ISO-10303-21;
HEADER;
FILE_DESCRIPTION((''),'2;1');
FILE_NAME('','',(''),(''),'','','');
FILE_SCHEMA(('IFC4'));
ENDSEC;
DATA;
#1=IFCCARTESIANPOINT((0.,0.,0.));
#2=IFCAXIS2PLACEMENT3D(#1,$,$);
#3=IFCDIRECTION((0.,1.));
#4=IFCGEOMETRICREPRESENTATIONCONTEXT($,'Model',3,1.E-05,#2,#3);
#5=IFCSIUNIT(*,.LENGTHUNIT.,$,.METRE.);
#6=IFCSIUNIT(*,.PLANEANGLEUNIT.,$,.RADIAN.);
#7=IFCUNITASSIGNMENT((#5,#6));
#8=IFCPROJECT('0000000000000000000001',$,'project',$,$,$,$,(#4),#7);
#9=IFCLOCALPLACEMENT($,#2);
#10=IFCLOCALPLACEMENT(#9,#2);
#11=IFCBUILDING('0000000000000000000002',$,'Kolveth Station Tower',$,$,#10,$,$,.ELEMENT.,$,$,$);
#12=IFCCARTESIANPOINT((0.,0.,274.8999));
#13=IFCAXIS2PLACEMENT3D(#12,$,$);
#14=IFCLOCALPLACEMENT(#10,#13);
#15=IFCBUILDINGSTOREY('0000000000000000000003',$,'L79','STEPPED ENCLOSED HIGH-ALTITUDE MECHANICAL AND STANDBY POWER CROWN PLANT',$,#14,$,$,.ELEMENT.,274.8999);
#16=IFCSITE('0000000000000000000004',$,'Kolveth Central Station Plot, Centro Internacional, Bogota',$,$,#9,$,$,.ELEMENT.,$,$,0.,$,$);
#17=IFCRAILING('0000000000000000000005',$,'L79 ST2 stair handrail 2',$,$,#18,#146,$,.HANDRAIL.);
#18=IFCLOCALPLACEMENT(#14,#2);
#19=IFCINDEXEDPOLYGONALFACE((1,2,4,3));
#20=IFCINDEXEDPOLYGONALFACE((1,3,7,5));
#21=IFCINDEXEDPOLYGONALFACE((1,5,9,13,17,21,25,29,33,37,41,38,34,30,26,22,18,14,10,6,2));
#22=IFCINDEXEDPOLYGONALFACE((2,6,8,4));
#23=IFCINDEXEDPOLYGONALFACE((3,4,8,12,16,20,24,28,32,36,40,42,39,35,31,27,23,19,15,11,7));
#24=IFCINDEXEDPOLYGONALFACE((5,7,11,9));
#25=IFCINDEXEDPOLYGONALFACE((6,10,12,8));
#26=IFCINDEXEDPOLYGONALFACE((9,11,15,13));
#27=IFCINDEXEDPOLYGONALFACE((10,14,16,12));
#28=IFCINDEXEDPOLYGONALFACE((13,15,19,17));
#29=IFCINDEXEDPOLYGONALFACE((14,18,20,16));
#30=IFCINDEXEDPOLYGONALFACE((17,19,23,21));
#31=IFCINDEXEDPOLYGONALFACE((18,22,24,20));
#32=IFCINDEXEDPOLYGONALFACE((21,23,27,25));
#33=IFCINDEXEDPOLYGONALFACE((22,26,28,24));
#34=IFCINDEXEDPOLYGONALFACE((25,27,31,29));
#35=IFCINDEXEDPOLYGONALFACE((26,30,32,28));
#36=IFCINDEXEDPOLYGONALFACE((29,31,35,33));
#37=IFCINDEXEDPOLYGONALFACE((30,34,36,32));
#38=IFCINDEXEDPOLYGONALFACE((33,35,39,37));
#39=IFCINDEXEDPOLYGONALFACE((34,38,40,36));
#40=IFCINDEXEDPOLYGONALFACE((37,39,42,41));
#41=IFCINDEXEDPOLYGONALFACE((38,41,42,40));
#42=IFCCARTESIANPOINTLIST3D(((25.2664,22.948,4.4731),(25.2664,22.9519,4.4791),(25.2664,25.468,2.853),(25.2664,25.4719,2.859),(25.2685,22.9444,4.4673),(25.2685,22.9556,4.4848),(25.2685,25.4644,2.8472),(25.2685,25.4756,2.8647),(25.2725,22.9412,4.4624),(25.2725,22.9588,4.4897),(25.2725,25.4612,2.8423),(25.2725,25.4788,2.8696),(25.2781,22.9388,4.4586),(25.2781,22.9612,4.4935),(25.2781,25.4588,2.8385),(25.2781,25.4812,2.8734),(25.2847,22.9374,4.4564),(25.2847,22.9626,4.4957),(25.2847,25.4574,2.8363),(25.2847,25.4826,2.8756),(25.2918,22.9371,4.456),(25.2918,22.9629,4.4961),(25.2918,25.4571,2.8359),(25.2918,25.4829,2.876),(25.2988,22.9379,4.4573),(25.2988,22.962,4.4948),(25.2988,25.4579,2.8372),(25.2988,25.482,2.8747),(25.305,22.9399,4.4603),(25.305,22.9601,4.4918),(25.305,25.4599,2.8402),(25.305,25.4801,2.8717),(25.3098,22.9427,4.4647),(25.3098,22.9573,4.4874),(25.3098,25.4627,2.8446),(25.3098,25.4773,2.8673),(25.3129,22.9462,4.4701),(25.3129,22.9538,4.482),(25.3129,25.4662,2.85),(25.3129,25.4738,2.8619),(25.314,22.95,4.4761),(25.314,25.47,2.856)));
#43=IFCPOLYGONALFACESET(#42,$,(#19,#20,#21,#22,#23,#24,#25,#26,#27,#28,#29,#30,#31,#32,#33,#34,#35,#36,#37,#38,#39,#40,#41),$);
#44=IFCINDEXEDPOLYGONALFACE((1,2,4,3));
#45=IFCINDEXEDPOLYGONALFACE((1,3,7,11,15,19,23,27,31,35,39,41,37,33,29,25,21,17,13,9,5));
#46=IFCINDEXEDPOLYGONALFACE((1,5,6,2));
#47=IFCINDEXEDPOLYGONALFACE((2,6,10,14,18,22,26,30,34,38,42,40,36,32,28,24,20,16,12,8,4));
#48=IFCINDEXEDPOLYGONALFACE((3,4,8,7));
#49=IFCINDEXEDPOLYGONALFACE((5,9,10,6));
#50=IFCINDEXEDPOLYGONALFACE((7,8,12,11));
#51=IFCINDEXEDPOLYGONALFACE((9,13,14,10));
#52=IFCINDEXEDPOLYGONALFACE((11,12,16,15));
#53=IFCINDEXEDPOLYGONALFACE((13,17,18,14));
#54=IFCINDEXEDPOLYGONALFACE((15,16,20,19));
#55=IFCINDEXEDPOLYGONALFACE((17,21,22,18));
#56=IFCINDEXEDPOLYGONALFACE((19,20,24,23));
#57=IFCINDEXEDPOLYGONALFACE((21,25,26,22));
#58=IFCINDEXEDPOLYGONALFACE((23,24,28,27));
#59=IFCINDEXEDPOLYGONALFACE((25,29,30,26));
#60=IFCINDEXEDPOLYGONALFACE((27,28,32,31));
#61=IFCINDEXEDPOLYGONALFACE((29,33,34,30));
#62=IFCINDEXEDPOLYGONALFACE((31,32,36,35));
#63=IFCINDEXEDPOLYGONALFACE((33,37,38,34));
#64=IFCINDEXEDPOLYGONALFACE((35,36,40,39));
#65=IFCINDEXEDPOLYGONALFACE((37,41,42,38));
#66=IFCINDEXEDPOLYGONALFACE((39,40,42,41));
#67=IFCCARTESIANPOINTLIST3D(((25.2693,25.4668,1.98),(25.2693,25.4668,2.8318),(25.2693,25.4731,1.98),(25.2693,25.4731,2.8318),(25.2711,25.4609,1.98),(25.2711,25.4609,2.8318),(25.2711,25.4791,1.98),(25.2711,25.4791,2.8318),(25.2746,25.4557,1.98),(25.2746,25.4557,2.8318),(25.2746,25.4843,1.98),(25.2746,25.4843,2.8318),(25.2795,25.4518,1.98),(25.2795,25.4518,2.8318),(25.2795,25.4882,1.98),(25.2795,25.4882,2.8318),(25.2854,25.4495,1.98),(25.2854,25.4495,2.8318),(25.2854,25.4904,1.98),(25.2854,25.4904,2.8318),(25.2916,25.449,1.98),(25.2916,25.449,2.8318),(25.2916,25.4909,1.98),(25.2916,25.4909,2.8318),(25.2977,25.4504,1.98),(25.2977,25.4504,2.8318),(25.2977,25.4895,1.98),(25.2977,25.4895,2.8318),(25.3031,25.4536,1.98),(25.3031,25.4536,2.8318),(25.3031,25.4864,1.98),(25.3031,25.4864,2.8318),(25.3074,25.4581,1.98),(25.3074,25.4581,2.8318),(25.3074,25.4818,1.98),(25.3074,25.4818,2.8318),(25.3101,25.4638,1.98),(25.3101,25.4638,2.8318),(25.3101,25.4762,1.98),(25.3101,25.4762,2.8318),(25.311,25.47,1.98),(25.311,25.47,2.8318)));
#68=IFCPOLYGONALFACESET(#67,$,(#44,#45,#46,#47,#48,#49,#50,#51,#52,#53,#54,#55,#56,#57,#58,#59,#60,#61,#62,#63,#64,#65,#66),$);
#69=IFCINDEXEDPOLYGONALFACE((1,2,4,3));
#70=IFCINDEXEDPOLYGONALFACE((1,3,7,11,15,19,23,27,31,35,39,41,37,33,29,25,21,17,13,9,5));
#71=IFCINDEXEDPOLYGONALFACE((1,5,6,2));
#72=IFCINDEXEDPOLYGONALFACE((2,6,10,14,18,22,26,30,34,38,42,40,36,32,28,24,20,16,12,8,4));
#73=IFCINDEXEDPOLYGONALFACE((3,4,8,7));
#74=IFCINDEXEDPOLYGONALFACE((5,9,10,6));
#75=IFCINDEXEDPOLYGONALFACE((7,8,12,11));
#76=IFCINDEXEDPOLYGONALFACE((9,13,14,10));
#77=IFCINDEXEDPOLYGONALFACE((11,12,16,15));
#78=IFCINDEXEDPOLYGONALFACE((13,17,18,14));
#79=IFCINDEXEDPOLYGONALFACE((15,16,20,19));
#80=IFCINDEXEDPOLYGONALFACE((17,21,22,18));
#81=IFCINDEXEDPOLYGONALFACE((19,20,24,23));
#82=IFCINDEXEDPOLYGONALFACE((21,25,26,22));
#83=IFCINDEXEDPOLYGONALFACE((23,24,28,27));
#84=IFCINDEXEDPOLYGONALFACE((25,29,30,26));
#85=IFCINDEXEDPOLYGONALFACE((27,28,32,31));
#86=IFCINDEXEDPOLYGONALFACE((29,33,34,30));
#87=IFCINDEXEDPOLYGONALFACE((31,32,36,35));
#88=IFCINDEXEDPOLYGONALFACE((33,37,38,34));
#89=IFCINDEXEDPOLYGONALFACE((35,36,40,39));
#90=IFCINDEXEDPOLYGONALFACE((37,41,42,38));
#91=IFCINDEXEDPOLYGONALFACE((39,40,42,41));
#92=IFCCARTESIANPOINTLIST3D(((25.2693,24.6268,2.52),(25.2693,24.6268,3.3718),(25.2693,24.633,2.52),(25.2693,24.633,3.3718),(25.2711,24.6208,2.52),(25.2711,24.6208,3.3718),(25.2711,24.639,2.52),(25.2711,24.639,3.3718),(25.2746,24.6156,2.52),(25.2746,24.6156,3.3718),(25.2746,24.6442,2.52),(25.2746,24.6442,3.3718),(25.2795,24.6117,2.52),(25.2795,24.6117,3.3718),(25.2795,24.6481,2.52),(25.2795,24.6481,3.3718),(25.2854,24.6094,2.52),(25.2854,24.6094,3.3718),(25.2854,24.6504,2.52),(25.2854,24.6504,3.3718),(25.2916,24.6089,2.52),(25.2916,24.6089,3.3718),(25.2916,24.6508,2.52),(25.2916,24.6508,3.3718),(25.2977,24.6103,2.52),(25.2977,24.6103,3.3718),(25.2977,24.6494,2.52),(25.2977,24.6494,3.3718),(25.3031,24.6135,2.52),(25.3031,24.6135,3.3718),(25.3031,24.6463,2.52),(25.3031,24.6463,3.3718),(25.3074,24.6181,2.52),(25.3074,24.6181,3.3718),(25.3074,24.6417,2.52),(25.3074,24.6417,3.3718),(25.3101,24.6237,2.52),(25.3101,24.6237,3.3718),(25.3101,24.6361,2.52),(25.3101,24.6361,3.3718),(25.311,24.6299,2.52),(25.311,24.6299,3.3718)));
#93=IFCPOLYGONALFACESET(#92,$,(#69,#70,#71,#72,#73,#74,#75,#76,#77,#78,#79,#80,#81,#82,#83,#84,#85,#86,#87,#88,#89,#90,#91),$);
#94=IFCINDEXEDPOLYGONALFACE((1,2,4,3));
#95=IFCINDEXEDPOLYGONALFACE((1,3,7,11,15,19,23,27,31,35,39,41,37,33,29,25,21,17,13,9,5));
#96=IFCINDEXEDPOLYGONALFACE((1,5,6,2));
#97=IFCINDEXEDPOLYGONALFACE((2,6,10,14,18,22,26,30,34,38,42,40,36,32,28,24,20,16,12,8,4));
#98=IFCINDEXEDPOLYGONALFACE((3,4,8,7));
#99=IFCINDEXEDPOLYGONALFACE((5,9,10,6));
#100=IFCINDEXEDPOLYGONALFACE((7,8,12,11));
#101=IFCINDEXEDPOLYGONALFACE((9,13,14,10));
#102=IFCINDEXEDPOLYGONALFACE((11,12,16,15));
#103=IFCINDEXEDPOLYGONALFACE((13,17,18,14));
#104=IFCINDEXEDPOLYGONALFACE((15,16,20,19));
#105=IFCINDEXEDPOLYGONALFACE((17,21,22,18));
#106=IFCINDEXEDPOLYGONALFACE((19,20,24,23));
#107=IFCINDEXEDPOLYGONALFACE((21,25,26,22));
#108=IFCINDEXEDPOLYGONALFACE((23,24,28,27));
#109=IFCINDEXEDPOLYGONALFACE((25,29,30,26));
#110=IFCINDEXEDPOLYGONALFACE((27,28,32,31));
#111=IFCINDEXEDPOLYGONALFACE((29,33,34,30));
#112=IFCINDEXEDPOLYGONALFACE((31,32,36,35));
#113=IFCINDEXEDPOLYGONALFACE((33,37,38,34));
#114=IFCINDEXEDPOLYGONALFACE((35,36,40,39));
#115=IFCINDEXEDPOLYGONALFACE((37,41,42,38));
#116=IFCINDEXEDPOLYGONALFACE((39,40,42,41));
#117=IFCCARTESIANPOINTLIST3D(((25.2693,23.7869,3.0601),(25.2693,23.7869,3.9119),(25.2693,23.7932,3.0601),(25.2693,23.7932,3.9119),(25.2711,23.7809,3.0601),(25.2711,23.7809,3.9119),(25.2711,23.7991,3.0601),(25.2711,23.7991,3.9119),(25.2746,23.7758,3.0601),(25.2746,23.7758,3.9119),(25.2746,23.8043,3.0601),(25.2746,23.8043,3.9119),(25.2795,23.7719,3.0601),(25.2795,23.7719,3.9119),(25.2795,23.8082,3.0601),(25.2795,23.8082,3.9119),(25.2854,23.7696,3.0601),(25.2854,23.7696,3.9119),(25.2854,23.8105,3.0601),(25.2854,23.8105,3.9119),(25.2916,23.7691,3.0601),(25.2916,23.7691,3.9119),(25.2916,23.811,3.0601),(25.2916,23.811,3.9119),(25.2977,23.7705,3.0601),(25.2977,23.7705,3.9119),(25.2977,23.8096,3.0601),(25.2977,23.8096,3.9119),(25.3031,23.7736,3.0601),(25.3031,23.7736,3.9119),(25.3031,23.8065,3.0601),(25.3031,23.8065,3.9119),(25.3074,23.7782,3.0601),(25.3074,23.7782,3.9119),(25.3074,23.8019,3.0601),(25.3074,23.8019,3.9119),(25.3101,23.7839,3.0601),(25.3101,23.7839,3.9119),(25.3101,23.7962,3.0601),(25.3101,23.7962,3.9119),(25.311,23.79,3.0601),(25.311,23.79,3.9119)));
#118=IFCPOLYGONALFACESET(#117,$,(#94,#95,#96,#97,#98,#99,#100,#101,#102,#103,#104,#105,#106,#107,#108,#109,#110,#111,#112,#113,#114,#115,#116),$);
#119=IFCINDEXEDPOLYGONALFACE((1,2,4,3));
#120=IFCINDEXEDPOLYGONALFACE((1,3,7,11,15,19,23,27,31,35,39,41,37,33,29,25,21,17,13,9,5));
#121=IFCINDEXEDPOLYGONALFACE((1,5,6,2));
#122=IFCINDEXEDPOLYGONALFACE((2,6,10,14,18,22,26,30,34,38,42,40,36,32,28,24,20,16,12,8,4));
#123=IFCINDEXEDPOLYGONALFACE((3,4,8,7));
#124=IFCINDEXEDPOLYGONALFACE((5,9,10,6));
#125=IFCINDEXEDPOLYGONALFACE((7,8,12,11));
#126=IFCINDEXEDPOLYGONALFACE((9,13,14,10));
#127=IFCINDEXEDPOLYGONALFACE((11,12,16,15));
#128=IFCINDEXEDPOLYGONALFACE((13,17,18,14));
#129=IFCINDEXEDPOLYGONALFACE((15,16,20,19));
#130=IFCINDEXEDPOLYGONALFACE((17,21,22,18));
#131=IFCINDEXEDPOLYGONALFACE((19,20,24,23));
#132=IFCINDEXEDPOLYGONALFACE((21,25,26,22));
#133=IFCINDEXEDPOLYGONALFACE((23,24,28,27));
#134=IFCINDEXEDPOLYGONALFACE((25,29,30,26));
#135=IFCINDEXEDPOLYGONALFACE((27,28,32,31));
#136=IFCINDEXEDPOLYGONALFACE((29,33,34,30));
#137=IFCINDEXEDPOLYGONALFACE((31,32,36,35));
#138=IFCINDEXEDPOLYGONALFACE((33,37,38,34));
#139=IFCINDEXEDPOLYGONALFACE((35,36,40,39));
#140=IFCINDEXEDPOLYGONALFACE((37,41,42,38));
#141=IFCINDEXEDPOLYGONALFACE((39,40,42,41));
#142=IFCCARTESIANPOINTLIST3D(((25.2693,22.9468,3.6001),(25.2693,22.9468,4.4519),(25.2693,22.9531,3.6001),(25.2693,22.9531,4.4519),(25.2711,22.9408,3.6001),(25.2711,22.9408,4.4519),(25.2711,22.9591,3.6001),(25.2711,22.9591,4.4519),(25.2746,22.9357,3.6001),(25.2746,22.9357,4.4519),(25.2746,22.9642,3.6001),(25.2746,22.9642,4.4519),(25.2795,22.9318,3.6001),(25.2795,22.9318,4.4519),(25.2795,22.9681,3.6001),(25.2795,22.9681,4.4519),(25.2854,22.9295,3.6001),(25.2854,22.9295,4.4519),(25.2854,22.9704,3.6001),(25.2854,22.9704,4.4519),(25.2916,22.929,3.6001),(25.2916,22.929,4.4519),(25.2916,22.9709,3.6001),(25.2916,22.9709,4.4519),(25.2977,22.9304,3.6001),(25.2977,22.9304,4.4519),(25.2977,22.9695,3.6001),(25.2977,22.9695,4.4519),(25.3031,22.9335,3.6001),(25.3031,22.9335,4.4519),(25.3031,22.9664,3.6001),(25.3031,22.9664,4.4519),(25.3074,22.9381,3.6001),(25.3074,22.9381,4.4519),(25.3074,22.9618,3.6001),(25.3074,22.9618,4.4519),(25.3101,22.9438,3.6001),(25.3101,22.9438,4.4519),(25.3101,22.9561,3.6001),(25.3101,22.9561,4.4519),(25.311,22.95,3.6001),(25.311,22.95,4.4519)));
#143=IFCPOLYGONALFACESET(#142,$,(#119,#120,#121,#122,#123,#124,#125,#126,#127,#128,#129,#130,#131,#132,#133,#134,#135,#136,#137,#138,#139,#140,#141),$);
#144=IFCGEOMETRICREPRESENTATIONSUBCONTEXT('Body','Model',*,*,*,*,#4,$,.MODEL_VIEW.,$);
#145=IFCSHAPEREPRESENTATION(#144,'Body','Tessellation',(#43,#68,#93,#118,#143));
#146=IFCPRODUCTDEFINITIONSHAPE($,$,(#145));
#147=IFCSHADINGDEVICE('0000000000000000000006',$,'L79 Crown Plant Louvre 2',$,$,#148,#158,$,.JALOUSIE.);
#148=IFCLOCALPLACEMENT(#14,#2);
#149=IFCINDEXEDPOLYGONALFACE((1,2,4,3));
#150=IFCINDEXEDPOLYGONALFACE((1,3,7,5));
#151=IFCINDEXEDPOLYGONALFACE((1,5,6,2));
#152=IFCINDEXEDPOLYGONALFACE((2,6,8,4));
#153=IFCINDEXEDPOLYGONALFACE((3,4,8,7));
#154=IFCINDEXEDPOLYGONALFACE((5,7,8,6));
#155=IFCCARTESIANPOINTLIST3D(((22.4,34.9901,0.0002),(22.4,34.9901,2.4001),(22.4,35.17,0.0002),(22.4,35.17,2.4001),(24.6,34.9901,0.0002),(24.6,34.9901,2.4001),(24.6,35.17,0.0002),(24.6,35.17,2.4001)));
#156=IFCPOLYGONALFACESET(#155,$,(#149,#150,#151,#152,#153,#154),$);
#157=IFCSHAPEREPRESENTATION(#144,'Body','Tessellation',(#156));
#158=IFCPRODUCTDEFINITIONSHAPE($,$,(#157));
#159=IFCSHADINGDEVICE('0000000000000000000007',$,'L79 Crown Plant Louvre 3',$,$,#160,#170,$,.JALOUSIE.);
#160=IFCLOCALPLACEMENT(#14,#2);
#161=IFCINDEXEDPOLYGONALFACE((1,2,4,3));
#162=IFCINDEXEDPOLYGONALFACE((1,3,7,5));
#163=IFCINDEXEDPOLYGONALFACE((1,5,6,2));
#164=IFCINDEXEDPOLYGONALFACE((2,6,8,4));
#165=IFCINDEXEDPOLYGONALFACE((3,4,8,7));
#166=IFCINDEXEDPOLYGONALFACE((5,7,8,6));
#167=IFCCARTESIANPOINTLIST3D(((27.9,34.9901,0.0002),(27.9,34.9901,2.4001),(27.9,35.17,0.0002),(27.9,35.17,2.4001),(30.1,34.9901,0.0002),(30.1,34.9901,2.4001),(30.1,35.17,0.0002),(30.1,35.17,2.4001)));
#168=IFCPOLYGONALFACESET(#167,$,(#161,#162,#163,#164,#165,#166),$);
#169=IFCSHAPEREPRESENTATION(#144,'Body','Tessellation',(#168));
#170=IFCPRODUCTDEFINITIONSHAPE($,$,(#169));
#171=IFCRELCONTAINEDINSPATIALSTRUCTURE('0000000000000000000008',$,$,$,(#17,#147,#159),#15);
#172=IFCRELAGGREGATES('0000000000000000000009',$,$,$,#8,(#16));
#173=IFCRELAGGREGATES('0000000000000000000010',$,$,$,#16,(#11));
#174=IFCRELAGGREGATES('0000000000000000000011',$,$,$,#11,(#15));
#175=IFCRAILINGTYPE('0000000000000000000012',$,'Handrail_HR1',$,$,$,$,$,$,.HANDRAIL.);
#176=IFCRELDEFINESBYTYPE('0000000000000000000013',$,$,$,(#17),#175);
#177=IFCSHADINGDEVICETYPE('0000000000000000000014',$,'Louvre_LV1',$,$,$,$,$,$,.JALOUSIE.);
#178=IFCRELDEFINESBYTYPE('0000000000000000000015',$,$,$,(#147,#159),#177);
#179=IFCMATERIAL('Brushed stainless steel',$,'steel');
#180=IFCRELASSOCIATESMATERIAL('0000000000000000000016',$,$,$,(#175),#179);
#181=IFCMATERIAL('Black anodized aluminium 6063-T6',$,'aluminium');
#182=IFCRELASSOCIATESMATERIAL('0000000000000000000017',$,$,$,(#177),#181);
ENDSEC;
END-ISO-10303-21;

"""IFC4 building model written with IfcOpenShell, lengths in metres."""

from ifc_helpers import new_model, si_unit, direction, frame, origin, origin_2d, place, context, subcontext, project, spatial, rectangle, circle, extrude, source, transform, mapped, material, type_object, element, save


model = new_model("IFC4")

# Units and contexts
model_context = context("Model", 3, precision=1e-05, world=origin(), true_north=direction((0.0, 1.0)))
body_context = subcontext(model_context, "Body", "Model", "MODEL_VIEW")
ifc_project = project(units=[si_unit("LENGTHUNIT", "METRE"), si_unit("PLANEANGLEUNIT", "RADIAN")], contexts=[model_context])

# Site, building, storey
site_placement = place(None, origin())
site = spatial("IfcSite", under=ifc_project, at=site_placement, Name="Kolveth Central Station Plot, Centro Internacional, Bogota", CompositionType="ELEMENT", RefElevation=0.0)
building_placement = place(site_placement, origin())
building = spatial("IfcBuilding", under=site, at=building_placement, Name="Kolveth Station Tower", CompositionType="ELEMENT")
storey_placement = place(building_placement, frame((0.0, 0.0, 274.8999)))
storey = spatial("IfcBuildingStorey", under=building, at=storey_placement, Name="L79", Description="STEPPED ENCLOSED HIGH-ALTITUDE MECHANICAL AND STANDBY POWER CROWN PLANT", CompositionType="ELEMENT", Elevation=274.8999)

# Railing
ifc_material_1 = material(Name="Brushed stainless steel", Category="steel")
railing_type_1 = type_object("IfcRailingType", Name="Handrail_HR1", PredefinedType="HANDRAIL", material=ifc_material_1)
railing_1_placement = place(storey_placement, frame((25.29, 25.47, 1.98)))
element("IfcRailing", 1, at=railing_1_placement, inside=storey, type_object=railing_type_1, Name="L79 ST2 stair handrail 2", PredefinedType="HANDRAIL", context=body_context, shape_type="SweptSolid", body=[
    extrude(circle(Radius=0.0239, at=origin_2d()), frame((0.0, 0.0, 0.876), z_axis=(0.0, -0.841163, 0.540782), x_axis=(1.0, 0.0, 0.0)), (0.0, 0.0, 1.0), 2.9958),
    extrude(circle(Radius=0.021, at=origin_2d()), origin(), (0.0, 0.0, 1.0), 0.8518),
    extrude(circle(Radius=0.021, at=origin_2d()), frame((0.0, -0.8401, 0.54)), (0.0, 0.0, 1.0), 0.8518),
    extrude(circle(Radius=0.021, at=origin_2d()), frame((0.0, -1.6799, 1.0801)), (0.0, 0.0, 1.0), 0.8518),
    extrude(circle(Radius=0.021, at=origin_2d()), frame((0.0, -2.52, 1.6201)), (0.0, 0.0, 1.0), 0.8518),
])

# Shading devices
ifc_material_2 = material(Name="Black anodized aluminium 6063-T6", Category="aluminium")
shading_device_type = type_object("IfcShadingDeviceType", Name="Louvre_LV1", PredefinedType="JALOUSIE", material=ifc_material_2)
shared_shape_1 = source(origin(), body_context, "Body", "SweptSolid", [
    extrude(rectangle(XDim=2.2, YDim=0.1799, at=origin_2d()), origin(), (0.0, 0.0, 1.0), 2.3999),
])
for number, where, z_axis, x_axis, name in (
    (2, (23.5, 35.0801, 0.0002), (0.0, 0.0, 1.0), (1.0, 0.0, 0.0), "L79 Crown Plant Louvre 2"),
    (3, (29.0, 35.0801, 0.0002), (0.0, 0.0, 1.0), (1.0, 0.0, 0.0), "L79 Crown Plant Louvre 3"),
):
    element("IfcShadingDevice", number, at=place(storey_placement, frame(where, z_axis=z_axis, x_axis=x_axis)), inside=storey, type_object=shading_device_type, Name=name, PredefinedType="JALOUSIE", context=body_context, shape_type="MappedRepresentation", body=[
        mapped(shared_shape_1, transform((0.0, 0.0, 0.0), x_axis=(1.0, 0.0, 0.0), y_axis=(0.0, 1.0, 0.0), z_axis=(0.0, 0.0, 1.0), scale=1.0)),
    ])

save(model, "model.ifc")
